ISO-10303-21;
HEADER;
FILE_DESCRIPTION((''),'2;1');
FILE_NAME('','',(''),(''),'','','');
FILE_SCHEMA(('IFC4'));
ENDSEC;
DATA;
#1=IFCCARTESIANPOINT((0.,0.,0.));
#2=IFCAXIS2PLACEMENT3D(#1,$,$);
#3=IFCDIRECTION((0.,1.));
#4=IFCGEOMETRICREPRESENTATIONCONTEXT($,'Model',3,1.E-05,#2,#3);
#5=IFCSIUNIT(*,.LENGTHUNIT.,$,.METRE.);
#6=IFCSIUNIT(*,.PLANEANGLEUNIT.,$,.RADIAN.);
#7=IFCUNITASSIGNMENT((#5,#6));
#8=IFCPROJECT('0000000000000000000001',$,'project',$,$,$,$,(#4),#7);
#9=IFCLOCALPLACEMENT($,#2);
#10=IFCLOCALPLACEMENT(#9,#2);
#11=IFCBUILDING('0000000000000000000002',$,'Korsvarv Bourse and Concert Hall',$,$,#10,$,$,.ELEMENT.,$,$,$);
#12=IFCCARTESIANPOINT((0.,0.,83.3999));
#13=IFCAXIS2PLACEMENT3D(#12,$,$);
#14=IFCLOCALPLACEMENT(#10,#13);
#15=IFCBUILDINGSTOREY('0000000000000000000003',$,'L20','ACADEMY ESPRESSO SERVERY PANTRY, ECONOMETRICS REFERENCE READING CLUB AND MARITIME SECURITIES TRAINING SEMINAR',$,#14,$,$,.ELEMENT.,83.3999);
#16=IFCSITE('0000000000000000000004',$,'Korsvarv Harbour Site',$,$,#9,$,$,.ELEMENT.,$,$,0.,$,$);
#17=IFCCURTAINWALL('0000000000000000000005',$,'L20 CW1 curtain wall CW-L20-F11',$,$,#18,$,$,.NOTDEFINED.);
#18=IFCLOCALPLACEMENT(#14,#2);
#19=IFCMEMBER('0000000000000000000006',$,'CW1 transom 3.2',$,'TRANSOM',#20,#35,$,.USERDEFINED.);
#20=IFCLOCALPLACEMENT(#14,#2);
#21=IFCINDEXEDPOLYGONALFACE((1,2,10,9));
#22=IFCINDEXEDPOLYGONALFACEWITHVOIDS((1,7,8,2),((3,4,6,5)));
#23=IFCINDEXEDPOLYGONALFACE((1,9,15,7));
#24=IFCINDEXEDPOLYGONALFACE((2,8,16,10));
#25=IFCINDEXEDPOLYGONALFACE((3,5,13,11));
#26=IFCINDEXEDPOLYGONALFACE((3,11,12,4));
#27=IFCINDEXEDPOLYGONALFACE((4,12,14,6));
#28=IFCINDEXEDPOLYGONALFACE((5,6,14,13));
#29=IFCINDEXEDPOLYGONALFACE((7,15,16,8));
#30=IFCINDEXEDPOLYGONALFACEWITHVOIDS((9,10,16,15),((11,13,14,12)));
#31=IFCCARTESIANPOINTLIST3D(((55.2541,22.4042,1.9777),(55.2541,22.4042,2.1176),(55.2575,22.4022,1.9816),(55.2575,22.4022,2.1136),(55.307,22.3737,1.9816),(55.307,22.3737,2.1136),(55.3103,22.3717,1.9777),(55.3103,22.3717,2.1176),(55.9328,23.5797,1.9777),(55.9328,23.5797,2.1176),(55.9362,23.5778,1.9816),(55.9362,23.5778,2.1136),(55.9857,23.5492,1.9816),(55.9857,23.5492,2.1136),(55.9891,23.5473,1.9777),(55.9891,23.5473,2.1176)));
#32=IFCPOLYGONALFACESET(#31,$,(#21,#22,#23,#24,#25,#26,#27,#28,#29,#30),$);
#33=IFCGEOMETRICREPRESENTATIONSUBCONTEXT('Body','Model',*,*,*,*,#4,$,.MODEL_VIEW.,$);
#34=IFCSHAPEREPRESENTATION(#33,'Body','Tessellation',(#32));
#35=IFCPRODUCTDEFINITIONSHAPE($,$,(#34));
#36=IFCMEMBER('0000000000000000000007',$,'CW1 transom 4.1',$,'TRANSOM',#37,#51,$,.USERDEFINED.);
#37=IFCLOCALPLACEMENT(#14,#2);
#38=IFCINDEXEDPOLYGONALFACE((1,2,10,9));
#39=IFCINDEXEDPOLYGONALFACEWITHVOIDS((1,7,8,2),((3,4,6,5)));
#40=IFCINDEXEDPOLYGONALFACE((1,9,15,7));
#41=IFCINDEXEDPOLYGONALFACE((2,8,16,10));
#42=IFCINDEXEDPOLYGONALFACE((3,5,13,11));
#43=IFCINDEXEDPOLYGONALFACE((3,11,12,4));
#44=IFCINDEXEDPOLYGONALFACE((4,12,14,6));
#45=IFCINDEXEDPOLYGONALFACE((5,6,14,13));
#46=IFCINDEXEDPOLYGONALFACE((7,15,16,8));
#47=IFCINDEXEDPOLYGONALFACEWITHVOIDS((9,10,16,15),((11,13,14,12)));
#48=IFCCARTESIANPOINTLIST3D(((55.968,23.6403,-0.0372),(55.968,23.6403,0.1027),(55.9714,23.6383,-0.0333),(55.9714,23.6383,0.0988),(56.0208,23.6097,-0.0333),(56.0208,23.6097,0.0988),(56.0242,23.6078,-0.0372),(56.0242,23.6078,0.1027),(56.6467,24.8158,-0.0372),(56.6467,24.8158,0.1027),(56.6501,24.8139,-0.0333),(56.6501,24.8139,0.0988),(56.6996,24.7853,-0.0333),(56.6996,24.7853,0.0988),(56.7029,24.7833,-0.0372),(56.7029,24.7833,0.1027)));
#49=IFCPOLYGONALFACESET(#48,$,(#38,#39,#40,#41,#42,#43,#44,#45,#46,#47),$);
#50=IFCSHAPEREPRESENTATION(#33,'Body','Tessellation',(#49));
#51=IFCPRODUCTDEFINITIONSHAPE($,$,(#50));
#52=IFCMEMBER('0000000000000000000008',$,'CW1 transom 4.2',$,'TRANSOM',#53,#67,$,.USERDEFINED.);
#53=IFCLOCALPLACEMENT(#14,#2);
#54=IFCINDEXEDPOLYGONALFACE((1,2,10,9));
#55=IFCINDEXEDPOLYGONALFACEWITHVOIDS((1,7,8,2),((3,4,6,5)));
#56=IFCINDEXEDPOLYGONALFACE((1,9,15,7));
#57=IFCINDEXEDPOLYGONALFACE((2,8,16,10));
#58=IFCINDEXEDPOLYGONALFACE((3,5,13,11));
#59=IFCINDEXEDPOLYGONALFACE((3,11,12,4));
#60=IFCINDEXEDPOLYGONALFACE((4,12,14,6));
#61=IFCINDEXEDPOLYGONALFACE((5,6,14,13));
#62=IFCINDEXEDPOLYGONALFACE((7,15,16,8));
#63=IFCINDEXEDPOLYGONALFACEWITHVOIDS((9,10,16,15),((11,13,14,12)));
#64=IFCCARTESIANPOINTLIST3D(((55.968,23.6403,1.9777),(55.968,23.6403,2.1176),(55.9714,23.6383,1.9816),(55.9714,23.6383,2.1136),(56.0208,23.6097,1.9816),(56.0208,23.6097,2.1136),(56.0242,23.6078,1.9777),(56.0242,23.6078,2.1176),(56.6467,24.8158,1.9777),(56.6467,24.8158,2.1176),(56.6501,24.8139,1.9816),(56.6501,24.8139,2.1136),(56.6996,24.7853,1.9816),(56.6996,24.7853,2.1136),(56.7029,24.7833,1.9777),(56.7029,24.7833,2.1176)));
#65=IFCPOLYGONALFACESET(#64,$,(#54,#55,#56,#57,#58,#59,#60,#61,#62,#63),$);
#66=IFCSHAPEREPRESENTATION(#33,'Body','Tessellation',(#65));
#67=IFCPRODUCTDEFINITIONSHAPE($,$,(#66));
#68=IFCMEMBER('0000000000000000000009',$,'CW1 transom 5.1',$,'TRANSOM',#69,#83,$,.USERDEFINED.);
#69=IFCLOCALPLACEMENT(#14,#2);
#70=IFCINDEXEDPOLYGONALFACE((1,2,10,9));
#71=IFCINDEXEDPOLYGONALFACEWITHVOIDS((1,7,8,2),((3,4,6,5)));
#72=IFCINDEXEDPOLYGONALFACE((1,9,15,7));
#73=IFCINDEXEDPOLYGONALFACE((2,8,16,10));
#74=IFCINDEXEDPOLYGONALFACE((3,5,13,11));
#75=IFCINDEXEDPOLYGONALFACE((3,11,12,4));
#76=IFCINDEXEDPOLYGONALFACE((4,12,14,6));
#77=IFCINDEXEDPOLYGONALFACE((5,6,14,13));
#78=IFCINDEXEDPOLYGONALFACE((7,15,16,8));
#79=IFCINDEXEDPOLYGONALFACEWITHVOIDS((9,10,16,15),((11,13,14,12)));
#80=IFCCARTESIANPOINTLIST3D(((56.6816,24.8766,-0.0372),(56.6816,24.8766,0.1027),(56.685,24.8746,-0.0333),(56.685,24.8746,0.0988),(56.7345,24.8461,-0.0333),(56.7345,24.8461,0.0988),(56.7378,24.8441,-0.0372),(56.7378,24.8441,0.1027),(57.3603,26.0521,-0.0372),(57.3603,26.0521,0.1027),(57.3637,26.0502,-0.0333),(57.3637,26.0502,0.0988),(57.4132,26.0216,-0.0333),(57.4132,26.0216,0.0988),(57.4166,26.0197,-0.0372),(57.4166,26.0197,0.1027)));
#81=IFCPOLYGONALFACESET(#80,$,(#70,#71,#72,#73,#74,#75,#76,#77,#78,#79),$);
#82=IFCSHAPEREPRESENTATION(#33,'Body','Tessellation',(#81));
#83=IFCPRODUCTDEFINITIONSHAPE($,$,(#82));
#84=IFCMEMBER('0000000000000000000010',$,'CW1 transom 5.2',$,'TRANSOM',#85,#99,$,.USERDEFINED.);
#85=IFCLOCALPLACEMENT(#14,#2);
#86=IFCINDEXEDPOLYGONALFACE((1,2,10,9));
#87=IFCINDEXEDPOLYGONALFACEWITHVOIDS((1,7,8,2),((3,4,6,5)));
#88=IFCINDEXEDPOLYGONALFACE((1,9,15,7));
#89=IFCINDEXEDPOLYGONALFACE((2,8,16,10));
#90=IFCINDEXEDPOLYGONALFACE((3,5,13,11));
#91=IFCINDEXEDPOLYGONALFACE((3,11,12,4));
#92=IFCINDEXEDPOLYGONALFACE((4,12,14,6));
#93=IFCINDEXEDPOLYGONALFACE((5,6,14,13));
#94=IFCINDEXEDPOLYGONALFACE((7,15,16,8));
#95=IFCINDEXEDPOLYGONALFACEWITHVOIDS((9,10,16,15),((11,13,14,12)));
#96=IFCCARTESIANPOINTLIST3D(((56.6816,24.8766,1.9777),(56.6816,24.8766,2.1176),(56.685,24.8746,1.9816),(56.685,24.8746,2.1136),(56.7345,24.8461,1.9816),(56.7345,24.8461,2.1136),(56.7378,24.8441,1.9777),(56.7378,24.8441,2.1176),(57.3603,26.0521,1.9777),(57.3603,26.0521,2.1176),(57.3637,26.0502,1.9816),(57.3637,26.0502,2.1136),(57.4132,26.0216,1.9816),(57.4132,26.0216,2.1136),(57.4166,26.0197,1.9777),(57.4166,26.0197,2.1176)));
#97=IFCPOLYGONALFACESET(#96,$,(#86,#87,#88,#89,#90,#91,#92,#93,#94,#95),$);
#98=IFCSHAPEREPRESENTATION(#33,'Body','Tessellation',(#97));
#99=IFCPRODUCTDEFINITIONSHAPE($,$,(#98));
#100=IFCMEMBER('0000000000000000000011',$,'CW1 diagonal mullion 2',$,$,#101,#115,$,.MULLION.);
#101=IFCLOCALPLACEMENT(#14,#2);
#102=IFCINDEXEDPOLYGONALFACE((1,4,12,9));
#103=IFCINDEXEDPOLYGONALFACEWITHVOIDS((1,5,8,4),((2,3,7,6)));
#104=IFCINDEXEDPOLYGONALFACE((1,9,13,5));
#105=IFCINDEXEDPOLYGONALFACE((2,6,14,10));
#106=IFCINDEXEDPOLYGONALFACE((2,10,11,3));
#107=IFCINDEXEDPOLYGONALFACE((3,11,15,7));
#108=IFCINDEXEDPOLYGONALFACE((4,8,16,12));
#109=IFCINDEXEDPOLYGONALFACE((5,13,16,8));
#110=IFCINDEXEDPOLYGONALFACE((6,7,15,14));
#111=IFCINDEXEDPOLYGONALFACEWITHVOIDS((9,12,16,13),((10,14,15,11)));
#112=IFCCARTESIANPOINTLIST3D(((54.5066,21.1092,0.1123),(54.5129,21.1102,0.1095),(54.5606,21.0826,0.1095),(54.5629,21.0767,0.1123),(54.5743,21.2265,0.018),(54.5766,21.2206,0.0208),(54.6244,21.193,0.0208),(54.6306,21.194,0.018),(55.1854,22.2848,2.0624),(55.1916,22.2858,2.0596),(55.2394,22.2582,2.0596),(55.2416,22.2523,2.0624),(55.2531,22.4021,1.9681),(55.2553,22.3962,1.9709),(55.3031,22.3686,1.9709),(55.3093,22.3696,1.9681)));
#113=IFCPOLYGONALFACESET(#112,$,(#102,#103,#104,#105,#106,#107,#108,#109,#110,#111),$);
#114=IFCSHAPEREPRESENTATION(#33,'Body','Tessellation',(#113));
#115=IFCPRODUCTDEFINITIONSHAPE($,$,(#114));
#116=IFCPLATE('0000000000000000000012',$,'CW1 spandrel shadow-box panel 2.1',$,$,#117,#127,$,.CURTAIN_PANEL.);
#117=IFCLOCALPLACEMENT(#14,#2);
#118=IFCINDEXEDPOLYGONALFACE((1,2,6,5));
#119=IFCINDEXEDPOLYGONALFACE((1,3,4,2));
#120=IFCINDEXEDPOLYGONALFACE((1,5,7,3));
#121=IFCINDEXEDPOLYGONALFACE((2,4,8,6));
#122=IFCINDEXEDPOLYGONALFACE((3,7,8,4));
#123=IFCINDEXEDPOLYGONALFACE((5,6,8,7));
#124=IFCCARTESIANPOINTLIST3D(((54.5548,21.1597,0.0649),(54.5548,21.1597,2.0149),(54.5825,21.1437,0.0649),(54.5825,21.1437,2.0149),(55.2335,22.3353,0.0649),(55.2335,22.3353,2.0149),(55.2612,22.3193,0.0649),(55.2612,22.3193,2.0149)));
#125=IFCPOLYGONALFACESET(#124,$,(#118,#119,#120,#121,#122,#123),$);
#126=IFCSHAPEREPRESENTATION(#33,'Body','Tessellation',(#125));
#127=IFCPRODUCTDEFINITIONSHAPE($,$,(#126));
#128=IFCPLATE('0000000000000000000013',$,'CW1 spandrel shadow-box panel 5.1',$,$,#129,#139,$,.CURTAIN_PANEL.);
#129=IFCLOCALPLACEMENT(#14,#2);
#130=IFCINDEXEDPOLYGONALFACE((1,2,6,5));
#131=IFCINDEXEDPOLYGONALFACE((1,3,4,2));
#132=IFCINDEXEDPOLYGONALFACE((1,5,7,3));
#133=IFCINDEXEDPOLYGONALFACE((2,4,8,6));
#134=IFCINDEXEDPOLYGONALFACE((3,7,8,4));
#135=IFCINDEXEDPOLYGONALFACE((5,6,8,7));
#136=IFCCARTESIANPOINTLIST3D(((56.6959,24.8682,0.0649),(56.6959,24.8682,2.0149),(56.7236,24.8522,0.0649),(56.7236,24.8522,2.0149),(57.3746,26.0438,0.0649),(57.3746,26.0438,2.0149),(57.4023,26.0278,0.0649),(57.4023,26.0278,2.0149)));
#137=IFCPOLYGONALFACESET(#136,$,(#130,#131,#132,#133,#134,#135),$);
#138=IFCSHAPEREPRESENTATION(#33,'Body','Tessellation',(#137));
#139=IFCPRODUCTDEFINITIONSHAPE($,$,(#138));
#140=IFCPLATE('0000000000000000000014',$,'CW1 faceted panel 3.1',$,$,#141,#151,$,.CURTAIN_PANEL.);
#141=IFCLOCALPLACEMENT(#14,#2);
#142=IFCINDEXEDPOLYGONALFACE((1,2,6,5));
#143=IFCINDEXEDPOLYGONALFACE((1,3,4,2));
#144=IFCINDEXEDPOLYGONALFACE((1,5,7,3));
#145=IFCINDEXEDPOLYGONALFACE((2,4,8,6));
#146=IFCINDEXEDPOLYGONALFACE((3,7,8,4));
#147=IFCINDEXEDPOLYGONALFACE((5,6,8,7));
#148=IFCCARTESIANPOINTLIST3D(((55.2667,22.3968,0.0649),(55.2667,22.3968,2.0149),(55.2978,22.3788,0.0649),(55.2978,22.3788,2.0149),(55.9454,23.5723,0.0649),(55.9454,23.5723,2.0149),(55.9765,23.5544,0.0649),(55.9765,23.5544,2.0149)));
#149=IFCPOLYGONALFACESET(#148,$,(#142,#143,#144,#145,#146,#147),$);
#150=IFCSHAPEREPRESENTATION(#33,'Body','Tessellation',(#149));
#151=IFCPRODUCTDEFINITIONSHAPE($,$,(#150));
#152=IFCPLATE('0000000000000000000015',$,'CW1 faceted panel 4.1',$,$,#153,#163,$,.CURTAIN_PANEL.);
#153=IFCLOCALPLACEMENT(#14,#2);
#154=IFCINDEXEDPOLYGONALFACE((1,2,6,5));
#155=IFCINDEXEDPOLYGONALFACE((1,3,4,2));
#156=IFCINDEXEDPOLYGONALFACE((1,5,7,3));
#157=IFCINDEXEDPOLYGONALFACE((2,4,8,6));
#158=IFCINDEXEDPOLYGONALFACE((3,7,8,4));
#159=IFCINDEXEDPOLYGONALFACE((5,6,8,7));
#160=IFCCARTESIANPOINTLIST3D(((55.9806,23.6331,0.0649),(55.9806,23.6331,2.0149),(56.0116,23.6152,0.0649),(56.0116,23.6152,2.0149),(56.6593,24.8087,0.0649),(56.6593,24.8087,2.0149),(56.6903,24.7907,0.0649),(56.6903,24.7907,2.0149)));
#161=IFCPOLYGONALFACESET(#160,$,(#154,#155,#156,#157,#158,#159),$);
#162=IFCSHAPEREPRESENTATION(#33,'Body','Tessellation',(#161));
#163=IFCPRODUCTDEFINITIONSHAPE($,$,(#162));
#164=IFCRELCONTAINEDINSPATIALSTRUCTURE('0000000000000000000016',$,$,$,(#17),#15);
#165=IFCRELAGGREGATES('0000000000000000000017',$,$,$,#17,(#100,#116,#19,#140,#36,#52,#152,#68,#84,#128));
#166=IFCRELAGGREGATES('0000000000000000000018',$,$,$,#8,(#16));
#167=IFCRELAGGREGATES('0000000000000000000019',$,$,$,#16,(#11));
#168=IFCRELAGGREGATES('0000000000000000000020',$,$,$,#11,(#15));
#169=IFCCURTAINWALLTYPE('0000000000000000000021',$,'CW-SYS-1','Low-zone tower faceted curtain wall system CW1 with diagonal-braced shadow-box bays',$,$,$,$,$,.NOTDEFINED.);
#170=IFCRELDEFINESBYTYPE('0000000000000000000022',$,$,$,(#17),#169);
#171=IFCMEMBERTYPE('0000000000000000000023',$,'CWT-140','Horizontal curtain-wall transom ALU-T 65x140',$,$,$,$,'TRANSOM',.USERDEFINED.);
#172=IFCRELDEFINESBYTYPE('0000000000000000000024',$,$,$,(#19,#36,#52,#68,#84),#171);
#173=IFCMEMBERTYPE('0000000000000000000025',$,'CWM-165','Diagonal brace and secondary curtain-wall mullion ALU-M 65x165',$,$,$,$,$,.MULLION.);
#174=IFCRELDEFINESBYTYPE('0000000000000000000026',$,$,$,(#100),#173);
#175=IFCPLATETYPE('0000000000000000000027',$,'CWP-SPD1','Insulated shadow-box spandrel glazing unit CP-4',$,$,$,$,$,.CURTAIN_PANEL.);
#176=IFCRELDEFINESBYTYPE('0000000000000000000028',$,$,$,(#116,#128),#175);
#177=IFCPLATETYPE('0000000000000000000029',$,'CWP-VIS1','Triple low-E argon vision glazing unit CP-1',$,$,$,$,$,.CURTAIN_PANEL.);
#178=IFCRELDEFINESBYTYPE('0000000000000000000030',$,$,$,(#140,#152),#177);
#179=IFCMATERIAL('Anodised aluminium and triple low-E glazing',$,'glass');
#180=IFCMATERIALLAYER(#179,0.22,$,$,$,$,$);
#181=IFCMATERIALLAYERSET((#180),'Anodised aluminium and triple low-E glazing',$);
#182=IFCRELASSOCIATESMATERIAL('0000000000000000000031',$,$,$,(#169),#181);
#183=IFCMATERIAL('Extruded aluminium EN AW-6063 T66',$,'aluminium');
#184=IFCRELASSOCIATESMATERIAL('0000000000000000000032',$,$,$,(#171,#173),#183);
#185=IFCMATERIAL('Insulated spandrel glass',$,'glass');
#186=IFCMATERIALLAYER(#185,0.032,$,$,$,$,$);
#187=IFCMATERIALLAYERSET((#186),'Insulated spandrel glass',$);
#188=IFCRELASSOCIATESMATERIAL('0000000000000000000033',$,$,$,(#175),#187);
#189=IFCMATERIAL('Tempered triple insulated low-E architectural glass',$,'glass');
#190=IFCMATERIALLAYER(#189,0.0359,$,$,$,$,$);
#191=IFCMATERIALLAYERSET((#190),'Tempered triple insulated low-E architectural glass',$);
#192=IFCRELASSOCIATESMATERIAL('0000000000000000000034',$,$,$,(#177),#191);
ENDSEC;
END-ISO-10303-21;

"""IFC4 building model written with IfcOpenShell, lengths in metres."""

from ifc_helpers import new_model, si_unit, direction, frame, origin, origin_2d, place, context, subcontext, project, spatial, rectangle, hollow_rectangle, extrude, source, transform, mapped, material, layer, layer_set, material_profile, profile_set, type_object, element, aggregate, save


model = new_model("IFC4")

# Units and contexts
model_context = context("Model", 3, precision=1e-05, world=origin(), true_north=direction((0.0, 1.0)))
body_context = subcontext(model_context, "Body", "Model", "MODEL_VIEW")
ifc_project = project(units=[si_unit("LENGTHUNIT", "METRE"), si_unit("PLANEANGLEUNIT", "RADIAN")], contexts=[model_context])

# Site, building, storey
site_placement = place(None, origin())
site = spatial("IfcSite", under=ifc_project, at=site_placement, Name="Korsvarv Harbour Site", CompositionType="ELEMENT", RefElevation=0.0)
building_placement = place(site_placement, origin())
building = spatial("IfcBuilding", under=site, at=building_placement, Name="Korsvarv Bourse and Concert Hall", CompositionType="ELEMENT")
storey_placement = place(building_placement, frame((0.0, 0.0, 83.3999)))
storey = spatial("IfcBuildingStorey", under=building, at=storey_placement, Name="L20", Description="ACADEMY ESPRESSO SERVERY PANTRY, ECONOMETRICS REFERENCE READING CLUB AND MARITIME SECURITIES TRAINING SEMINAR", CompositionType="ELEMENT", Elevation=83.3999)

# Curtain wall, members, plates
ifc_material_1 = material(Name="Anodised aluminium and triple low-E glazing", Category="glass")
ifc_layer_1 = layer(ifc_material_1, 0.22)
ifc_layer_set_1 = layer_set([ifc_layer_1], Name="Anodised aluminium and triple low-E glazing")
curtain_wall_type = type_object("IfcCurtainWallType", Name="CW-SYS-1", Description="Low-zone tower faceted curtain wall system CW1 with diagonal-braced shadow-box bays", PredefinedType="NOTDEFINED", material=ifc_layer_set_1)
curtain_wall_placement = place(storey_placement, origin())
curtain_wall = element("IfcCurtainWall", 1, at=curtain_wall_placement, inside=storey, type_object=curtain_wall_type, Name="L20 CW1 curtain wall CW-L20-F11", PredefinedType="NOTDEFINED")
ifc_material_2 = material(Name="Extruded aluminium EN AW-6063 T66", Category="aluminium")
ifc_material_profile_1 = material_profile(ifc_material_2, hollow_rectangle(XDim=0.0649, YDim=0.1399, WallThickness=0.0039, at=origin_2d()), Name="ALU-T 65x140")
ifc_profile_set_1 = profile_set([ifc_material_profile_1], Name="Extruded aluminium EN AW-6063 T66")
member_type_1 = type_object("IfcMemberType", Name="CWT-140", Description="Horizontal curtain-wall transom ALU-T 65x140", ElementType="TRANSOM", PredefinedType="USERDEFINED", material=ifc_profile_set_1)
shared_shape_1 = source(origin(), body_context, "Body", "SweptSolid", [
    extrude(hollow_rectangle(XDim=0.0649, YDim=0.1399, WallThickness=0.0039, at=origin_2d()), origin(), (0.0, 0.0, 1.0), 1.3574),
])
member_1_placement = place(storey_placement, frame((55.2822, 22.3879, 2.0476), z_axis=(0.500008, 0.866021, 0.0), x_axis=(-0.866021, 0.500008, 0.0)))
member_1 = element("IfcMember", 2, at=member_1_placement, type_object=member_type_1, Name="CW1 transom 3.2", ObjectType="TRANSOM", PredefinedType="USERDEFINED", context=body_context, shape_type="MappedRepresentation", body=[
    mapped(shared_shape_1, transform((0.0, 0.0, 0.0), scale=1.0)),
])
member_2_placement = place(storey_placement, frame((55.9961, 23.624, 0.0327), z_axis=(0.500008, 0.866021, 0.0), x_axis=(-0.866021, 0.500008, 0.0)))
member_2 = element("IfcMember", 3, at=member_2_placement, type_object=member_type_1, Name="CW1 transom 4.1", ObjectType="TRANSOM", PredefinedType="USERDEFINED", context=body_context, shape_type="MappedRepresentation", body=[
    mapped(shared_shape_1, transform((0.0, 0.0, 0.0), scale=1.0)),
])
member_3_placement = place(storey_placement, frame((55.9961, 23.624, 2.0476), z_axis=(0.500008, 0.866021, 0.0), x_axis=(-0.866021, 0.500008, 0.0)))
member_3 = element("IfcMember", 4, at=member_3_placement, type_object=member_type_1, Name="CW1 transom 4.2", ObjectType="TRANSOM", PredefinedType="USERDEFINED", context=body_context, shape_type="MappedRepresentation", body=[
    mapped(shared_shape_1, transform((0.0, 0.0, 0.0), scale=1.0)),
])
member_4_placement = place(storey_placement, frame((56.7097, 24.8604, 0.0327), z_axis=(0.500008, 0.866021, 0.0), x_axis=(-0.866021, 0.500008, 0.0)))
member_4 = element("IfcMember", 5, at=member_4_placement, type_object=member_type_1, Name="CW1 transom 5.1", ObjectType="TRANSOM", PredefinedType="USERDEFINED", context=body_context, shape_type="MappedRepresentation", body=[
    mapped(shared_shape_1, transform((0.0, 0.0, 0.0), scale=1.0)),
])
member_5_placement = place(storey_placement, frame((56.7097, 24.8604, 2.0476), z_axis=(0.500008, 0.866021, 0.0), x_axis=(-0.866021, 0.500008, 0.0)))
member_5 = element("IfcMember", 6, at=member_5_placement, type_object=member_type_1, Name="CW1 transom 5.2", ObjectType="TRANSOM", PredefinedType="USERDEFINED", context=body_context, shape_type="MappedRepresentation", body=[
    mapped(shared_shape_1, transform((0.0, 0.0, 0.0), scale=1.0)),
])
ifc_material_profile_2 = material_profile(ifc_material_2, hollow_rectangle(XDim=0.0649, YDim=0.165, WallThickness=0.0049, at=origin_2d()), Name="ALU-M 65x165")
ifc_profile_set_2 = profile_set([ifc_material_profile_2], Name="Extruded aluminium EN AW-6063 T66")
member_type_2 = type_object("IfcMemberType", Name="CWM-165", Description="Diagonal brace and secondary curtain-wall mullion ALU-M 65x165", PredefinedType="MULLION", material=ifc_profile_set_2)
shared_shape_2 = source(origin(), body_context, "Body", "SweptSolid", [
    extrude(hollow_rectangle(XDim=0.0649, YDim=0.165, WallThickness=0.0049, at=origin_2d()), origin(), (0.0, 0.0, 1.0), 2.376),
])
member_6_placement = place(storey_placement, frame((54.5686, 21.1516, 0.0652), z_axis=(0.285666, 0.494778, 0.820725), x_axis=(-0.866021, 0.500008, 0.0)))
member_6 = element("IfcMember", 7, at=member_6_placement, type_object=member_type_2, Name="CW1 diagonal mullion 2", PredefinedType="MULLION", context=body_context, shape_type="MappedRepresentation", body=[
    mapped(shared_shape_2, transform((0.0, 0.0, 0.0), scale=1.0)),
])
ifc_material_3 = material(Name="Insulated spandrel glass", Category="glass")
ifc_layer_2 = layer(ifc_material_3, 0.032)
ifc_layer_set_2 = layer_set([ifc_layer_2], Name="Insulated spandrel glass")
plate_type_1 = type_object("IfcPlateType", Name="CWP-SPD1", Description="Insulated shadow-box spandrel glazing unit CP-4", PredefinedType="CURTAIN_PANEL", material=ifc_layer_set_2)
shared_shape_3 = source(origin(), body_context, "Body", "SweptSolid", [
    extrude(rectangle(XDim=1.3574, YDim=0.032, at=origin_2d()), origin(), (0.0, 0.0, 1.0), 1.95),
])
plate_1_placement = place(storey_placement, frame((54.908, 21.7395, 0.0649), z_axis=(0.0, 0.0, 1.0), x_axis=(0.500002, 0.866024, 0.0)))
plate_1 = element("IfcPlate", 8, at=plate_1_placement, type_object=plate_type_1, Name="CW1 spandrel shadow-box panel 2.1", PredefinedType="CURTAIN_PANEL", context=body_context, shape_type="MappedRepresentation", body=[
    mapped(shared_shape_3, transform((0.0, 0.0, 0.0), scale=1.0)),
])
plate_2_placement = place(storey_placement, frame((57.0491, 25.448, 0.0649), z_axis=(0.0, 0.0, 1.0), x_axis=(0.500002, 0.866024, 0.0)))
plate_2 = element("IfcPlate", 9, at=plate_2_placement, type_object=plate_type_1, Name="CW1 spandrel shadow-box panel 5.1", PredefinedType="CURTAIN_PANEL", context=body_context, shape_type="MappedRepresentation", body=[
    mapped(shared_shape_3, transform((0.0, 0.0, 0.0), scale=1.0)),
])
ifc_material_4 = material(Name="Tempered triple insulated low-E architectural glass", Category="glass")
ifc_layer_3 = layer(ifc_material_4, 0.0359)
ifc_layer_set_3 = layer_set([ifc_layer_3], Name="Tempered triple insulated low-E architectural glass")
plate_type_2 = type_object("IfcPlateType", Name="CWP-VIS1", Description="Triple low-E argon vision glazing unit CP-1", PredefinedType="CURTAIN_PANEL", material=ifc_layer_set_3)
shared_shape_4 = source(origin(), body_context, "Body", "SweptSolid", [
    extrude(rectangle(XDim=1.3574, YDim=0.0359, at=origin_2d()), origin(), (0.0, 0.0, 1.0), 1.95),
])
plate_3_placement = place(storey_placement, frame((55.6216, 22.9756, 0.0649), z_axis=(0.0, 0.0, 1.0), x_axis=(0.500002, 0.866024, 0.0)))
plate_3 = element("IfcPlate", 10, at=plate_3_placement, type_object=plate_type_2, Name="CW1 faceted panel 3.1", PredefinedType="CURTAIN_PANEL", context=body_context, shape_type="MappedRepresentation", body=[
    mapped(shared_shape_4, transform((0.0, 0.0, 0.0), scale=1.0)),
])
plate_4_placement = place(storey_placement, frame((56.3354, 24.2119, 0.0649), z_axis=(0.0, 0.0, 1.0), x_axis=(0.500002, 0.866024, 0.0)))
plate_4 = element("IfcPlate", 11, at=plate_4_placement, type_object=plate_type_2, Name="CW1 faceted panel 4.1", PredefinedType="CURTAIN_PANEL", context=body_context, shape_type="MappedRepresentation", body=[
    mapped(shared_shape_4, transform((0.0, 0.0, 0.0), scale=1.0)),
])
aggregate(curtain_wall, [member_6, plate_1, member_1, plate_3, member_2, member_3, plate_4, member_4, member_5, plate_2])

save(model, "model.ifc")
